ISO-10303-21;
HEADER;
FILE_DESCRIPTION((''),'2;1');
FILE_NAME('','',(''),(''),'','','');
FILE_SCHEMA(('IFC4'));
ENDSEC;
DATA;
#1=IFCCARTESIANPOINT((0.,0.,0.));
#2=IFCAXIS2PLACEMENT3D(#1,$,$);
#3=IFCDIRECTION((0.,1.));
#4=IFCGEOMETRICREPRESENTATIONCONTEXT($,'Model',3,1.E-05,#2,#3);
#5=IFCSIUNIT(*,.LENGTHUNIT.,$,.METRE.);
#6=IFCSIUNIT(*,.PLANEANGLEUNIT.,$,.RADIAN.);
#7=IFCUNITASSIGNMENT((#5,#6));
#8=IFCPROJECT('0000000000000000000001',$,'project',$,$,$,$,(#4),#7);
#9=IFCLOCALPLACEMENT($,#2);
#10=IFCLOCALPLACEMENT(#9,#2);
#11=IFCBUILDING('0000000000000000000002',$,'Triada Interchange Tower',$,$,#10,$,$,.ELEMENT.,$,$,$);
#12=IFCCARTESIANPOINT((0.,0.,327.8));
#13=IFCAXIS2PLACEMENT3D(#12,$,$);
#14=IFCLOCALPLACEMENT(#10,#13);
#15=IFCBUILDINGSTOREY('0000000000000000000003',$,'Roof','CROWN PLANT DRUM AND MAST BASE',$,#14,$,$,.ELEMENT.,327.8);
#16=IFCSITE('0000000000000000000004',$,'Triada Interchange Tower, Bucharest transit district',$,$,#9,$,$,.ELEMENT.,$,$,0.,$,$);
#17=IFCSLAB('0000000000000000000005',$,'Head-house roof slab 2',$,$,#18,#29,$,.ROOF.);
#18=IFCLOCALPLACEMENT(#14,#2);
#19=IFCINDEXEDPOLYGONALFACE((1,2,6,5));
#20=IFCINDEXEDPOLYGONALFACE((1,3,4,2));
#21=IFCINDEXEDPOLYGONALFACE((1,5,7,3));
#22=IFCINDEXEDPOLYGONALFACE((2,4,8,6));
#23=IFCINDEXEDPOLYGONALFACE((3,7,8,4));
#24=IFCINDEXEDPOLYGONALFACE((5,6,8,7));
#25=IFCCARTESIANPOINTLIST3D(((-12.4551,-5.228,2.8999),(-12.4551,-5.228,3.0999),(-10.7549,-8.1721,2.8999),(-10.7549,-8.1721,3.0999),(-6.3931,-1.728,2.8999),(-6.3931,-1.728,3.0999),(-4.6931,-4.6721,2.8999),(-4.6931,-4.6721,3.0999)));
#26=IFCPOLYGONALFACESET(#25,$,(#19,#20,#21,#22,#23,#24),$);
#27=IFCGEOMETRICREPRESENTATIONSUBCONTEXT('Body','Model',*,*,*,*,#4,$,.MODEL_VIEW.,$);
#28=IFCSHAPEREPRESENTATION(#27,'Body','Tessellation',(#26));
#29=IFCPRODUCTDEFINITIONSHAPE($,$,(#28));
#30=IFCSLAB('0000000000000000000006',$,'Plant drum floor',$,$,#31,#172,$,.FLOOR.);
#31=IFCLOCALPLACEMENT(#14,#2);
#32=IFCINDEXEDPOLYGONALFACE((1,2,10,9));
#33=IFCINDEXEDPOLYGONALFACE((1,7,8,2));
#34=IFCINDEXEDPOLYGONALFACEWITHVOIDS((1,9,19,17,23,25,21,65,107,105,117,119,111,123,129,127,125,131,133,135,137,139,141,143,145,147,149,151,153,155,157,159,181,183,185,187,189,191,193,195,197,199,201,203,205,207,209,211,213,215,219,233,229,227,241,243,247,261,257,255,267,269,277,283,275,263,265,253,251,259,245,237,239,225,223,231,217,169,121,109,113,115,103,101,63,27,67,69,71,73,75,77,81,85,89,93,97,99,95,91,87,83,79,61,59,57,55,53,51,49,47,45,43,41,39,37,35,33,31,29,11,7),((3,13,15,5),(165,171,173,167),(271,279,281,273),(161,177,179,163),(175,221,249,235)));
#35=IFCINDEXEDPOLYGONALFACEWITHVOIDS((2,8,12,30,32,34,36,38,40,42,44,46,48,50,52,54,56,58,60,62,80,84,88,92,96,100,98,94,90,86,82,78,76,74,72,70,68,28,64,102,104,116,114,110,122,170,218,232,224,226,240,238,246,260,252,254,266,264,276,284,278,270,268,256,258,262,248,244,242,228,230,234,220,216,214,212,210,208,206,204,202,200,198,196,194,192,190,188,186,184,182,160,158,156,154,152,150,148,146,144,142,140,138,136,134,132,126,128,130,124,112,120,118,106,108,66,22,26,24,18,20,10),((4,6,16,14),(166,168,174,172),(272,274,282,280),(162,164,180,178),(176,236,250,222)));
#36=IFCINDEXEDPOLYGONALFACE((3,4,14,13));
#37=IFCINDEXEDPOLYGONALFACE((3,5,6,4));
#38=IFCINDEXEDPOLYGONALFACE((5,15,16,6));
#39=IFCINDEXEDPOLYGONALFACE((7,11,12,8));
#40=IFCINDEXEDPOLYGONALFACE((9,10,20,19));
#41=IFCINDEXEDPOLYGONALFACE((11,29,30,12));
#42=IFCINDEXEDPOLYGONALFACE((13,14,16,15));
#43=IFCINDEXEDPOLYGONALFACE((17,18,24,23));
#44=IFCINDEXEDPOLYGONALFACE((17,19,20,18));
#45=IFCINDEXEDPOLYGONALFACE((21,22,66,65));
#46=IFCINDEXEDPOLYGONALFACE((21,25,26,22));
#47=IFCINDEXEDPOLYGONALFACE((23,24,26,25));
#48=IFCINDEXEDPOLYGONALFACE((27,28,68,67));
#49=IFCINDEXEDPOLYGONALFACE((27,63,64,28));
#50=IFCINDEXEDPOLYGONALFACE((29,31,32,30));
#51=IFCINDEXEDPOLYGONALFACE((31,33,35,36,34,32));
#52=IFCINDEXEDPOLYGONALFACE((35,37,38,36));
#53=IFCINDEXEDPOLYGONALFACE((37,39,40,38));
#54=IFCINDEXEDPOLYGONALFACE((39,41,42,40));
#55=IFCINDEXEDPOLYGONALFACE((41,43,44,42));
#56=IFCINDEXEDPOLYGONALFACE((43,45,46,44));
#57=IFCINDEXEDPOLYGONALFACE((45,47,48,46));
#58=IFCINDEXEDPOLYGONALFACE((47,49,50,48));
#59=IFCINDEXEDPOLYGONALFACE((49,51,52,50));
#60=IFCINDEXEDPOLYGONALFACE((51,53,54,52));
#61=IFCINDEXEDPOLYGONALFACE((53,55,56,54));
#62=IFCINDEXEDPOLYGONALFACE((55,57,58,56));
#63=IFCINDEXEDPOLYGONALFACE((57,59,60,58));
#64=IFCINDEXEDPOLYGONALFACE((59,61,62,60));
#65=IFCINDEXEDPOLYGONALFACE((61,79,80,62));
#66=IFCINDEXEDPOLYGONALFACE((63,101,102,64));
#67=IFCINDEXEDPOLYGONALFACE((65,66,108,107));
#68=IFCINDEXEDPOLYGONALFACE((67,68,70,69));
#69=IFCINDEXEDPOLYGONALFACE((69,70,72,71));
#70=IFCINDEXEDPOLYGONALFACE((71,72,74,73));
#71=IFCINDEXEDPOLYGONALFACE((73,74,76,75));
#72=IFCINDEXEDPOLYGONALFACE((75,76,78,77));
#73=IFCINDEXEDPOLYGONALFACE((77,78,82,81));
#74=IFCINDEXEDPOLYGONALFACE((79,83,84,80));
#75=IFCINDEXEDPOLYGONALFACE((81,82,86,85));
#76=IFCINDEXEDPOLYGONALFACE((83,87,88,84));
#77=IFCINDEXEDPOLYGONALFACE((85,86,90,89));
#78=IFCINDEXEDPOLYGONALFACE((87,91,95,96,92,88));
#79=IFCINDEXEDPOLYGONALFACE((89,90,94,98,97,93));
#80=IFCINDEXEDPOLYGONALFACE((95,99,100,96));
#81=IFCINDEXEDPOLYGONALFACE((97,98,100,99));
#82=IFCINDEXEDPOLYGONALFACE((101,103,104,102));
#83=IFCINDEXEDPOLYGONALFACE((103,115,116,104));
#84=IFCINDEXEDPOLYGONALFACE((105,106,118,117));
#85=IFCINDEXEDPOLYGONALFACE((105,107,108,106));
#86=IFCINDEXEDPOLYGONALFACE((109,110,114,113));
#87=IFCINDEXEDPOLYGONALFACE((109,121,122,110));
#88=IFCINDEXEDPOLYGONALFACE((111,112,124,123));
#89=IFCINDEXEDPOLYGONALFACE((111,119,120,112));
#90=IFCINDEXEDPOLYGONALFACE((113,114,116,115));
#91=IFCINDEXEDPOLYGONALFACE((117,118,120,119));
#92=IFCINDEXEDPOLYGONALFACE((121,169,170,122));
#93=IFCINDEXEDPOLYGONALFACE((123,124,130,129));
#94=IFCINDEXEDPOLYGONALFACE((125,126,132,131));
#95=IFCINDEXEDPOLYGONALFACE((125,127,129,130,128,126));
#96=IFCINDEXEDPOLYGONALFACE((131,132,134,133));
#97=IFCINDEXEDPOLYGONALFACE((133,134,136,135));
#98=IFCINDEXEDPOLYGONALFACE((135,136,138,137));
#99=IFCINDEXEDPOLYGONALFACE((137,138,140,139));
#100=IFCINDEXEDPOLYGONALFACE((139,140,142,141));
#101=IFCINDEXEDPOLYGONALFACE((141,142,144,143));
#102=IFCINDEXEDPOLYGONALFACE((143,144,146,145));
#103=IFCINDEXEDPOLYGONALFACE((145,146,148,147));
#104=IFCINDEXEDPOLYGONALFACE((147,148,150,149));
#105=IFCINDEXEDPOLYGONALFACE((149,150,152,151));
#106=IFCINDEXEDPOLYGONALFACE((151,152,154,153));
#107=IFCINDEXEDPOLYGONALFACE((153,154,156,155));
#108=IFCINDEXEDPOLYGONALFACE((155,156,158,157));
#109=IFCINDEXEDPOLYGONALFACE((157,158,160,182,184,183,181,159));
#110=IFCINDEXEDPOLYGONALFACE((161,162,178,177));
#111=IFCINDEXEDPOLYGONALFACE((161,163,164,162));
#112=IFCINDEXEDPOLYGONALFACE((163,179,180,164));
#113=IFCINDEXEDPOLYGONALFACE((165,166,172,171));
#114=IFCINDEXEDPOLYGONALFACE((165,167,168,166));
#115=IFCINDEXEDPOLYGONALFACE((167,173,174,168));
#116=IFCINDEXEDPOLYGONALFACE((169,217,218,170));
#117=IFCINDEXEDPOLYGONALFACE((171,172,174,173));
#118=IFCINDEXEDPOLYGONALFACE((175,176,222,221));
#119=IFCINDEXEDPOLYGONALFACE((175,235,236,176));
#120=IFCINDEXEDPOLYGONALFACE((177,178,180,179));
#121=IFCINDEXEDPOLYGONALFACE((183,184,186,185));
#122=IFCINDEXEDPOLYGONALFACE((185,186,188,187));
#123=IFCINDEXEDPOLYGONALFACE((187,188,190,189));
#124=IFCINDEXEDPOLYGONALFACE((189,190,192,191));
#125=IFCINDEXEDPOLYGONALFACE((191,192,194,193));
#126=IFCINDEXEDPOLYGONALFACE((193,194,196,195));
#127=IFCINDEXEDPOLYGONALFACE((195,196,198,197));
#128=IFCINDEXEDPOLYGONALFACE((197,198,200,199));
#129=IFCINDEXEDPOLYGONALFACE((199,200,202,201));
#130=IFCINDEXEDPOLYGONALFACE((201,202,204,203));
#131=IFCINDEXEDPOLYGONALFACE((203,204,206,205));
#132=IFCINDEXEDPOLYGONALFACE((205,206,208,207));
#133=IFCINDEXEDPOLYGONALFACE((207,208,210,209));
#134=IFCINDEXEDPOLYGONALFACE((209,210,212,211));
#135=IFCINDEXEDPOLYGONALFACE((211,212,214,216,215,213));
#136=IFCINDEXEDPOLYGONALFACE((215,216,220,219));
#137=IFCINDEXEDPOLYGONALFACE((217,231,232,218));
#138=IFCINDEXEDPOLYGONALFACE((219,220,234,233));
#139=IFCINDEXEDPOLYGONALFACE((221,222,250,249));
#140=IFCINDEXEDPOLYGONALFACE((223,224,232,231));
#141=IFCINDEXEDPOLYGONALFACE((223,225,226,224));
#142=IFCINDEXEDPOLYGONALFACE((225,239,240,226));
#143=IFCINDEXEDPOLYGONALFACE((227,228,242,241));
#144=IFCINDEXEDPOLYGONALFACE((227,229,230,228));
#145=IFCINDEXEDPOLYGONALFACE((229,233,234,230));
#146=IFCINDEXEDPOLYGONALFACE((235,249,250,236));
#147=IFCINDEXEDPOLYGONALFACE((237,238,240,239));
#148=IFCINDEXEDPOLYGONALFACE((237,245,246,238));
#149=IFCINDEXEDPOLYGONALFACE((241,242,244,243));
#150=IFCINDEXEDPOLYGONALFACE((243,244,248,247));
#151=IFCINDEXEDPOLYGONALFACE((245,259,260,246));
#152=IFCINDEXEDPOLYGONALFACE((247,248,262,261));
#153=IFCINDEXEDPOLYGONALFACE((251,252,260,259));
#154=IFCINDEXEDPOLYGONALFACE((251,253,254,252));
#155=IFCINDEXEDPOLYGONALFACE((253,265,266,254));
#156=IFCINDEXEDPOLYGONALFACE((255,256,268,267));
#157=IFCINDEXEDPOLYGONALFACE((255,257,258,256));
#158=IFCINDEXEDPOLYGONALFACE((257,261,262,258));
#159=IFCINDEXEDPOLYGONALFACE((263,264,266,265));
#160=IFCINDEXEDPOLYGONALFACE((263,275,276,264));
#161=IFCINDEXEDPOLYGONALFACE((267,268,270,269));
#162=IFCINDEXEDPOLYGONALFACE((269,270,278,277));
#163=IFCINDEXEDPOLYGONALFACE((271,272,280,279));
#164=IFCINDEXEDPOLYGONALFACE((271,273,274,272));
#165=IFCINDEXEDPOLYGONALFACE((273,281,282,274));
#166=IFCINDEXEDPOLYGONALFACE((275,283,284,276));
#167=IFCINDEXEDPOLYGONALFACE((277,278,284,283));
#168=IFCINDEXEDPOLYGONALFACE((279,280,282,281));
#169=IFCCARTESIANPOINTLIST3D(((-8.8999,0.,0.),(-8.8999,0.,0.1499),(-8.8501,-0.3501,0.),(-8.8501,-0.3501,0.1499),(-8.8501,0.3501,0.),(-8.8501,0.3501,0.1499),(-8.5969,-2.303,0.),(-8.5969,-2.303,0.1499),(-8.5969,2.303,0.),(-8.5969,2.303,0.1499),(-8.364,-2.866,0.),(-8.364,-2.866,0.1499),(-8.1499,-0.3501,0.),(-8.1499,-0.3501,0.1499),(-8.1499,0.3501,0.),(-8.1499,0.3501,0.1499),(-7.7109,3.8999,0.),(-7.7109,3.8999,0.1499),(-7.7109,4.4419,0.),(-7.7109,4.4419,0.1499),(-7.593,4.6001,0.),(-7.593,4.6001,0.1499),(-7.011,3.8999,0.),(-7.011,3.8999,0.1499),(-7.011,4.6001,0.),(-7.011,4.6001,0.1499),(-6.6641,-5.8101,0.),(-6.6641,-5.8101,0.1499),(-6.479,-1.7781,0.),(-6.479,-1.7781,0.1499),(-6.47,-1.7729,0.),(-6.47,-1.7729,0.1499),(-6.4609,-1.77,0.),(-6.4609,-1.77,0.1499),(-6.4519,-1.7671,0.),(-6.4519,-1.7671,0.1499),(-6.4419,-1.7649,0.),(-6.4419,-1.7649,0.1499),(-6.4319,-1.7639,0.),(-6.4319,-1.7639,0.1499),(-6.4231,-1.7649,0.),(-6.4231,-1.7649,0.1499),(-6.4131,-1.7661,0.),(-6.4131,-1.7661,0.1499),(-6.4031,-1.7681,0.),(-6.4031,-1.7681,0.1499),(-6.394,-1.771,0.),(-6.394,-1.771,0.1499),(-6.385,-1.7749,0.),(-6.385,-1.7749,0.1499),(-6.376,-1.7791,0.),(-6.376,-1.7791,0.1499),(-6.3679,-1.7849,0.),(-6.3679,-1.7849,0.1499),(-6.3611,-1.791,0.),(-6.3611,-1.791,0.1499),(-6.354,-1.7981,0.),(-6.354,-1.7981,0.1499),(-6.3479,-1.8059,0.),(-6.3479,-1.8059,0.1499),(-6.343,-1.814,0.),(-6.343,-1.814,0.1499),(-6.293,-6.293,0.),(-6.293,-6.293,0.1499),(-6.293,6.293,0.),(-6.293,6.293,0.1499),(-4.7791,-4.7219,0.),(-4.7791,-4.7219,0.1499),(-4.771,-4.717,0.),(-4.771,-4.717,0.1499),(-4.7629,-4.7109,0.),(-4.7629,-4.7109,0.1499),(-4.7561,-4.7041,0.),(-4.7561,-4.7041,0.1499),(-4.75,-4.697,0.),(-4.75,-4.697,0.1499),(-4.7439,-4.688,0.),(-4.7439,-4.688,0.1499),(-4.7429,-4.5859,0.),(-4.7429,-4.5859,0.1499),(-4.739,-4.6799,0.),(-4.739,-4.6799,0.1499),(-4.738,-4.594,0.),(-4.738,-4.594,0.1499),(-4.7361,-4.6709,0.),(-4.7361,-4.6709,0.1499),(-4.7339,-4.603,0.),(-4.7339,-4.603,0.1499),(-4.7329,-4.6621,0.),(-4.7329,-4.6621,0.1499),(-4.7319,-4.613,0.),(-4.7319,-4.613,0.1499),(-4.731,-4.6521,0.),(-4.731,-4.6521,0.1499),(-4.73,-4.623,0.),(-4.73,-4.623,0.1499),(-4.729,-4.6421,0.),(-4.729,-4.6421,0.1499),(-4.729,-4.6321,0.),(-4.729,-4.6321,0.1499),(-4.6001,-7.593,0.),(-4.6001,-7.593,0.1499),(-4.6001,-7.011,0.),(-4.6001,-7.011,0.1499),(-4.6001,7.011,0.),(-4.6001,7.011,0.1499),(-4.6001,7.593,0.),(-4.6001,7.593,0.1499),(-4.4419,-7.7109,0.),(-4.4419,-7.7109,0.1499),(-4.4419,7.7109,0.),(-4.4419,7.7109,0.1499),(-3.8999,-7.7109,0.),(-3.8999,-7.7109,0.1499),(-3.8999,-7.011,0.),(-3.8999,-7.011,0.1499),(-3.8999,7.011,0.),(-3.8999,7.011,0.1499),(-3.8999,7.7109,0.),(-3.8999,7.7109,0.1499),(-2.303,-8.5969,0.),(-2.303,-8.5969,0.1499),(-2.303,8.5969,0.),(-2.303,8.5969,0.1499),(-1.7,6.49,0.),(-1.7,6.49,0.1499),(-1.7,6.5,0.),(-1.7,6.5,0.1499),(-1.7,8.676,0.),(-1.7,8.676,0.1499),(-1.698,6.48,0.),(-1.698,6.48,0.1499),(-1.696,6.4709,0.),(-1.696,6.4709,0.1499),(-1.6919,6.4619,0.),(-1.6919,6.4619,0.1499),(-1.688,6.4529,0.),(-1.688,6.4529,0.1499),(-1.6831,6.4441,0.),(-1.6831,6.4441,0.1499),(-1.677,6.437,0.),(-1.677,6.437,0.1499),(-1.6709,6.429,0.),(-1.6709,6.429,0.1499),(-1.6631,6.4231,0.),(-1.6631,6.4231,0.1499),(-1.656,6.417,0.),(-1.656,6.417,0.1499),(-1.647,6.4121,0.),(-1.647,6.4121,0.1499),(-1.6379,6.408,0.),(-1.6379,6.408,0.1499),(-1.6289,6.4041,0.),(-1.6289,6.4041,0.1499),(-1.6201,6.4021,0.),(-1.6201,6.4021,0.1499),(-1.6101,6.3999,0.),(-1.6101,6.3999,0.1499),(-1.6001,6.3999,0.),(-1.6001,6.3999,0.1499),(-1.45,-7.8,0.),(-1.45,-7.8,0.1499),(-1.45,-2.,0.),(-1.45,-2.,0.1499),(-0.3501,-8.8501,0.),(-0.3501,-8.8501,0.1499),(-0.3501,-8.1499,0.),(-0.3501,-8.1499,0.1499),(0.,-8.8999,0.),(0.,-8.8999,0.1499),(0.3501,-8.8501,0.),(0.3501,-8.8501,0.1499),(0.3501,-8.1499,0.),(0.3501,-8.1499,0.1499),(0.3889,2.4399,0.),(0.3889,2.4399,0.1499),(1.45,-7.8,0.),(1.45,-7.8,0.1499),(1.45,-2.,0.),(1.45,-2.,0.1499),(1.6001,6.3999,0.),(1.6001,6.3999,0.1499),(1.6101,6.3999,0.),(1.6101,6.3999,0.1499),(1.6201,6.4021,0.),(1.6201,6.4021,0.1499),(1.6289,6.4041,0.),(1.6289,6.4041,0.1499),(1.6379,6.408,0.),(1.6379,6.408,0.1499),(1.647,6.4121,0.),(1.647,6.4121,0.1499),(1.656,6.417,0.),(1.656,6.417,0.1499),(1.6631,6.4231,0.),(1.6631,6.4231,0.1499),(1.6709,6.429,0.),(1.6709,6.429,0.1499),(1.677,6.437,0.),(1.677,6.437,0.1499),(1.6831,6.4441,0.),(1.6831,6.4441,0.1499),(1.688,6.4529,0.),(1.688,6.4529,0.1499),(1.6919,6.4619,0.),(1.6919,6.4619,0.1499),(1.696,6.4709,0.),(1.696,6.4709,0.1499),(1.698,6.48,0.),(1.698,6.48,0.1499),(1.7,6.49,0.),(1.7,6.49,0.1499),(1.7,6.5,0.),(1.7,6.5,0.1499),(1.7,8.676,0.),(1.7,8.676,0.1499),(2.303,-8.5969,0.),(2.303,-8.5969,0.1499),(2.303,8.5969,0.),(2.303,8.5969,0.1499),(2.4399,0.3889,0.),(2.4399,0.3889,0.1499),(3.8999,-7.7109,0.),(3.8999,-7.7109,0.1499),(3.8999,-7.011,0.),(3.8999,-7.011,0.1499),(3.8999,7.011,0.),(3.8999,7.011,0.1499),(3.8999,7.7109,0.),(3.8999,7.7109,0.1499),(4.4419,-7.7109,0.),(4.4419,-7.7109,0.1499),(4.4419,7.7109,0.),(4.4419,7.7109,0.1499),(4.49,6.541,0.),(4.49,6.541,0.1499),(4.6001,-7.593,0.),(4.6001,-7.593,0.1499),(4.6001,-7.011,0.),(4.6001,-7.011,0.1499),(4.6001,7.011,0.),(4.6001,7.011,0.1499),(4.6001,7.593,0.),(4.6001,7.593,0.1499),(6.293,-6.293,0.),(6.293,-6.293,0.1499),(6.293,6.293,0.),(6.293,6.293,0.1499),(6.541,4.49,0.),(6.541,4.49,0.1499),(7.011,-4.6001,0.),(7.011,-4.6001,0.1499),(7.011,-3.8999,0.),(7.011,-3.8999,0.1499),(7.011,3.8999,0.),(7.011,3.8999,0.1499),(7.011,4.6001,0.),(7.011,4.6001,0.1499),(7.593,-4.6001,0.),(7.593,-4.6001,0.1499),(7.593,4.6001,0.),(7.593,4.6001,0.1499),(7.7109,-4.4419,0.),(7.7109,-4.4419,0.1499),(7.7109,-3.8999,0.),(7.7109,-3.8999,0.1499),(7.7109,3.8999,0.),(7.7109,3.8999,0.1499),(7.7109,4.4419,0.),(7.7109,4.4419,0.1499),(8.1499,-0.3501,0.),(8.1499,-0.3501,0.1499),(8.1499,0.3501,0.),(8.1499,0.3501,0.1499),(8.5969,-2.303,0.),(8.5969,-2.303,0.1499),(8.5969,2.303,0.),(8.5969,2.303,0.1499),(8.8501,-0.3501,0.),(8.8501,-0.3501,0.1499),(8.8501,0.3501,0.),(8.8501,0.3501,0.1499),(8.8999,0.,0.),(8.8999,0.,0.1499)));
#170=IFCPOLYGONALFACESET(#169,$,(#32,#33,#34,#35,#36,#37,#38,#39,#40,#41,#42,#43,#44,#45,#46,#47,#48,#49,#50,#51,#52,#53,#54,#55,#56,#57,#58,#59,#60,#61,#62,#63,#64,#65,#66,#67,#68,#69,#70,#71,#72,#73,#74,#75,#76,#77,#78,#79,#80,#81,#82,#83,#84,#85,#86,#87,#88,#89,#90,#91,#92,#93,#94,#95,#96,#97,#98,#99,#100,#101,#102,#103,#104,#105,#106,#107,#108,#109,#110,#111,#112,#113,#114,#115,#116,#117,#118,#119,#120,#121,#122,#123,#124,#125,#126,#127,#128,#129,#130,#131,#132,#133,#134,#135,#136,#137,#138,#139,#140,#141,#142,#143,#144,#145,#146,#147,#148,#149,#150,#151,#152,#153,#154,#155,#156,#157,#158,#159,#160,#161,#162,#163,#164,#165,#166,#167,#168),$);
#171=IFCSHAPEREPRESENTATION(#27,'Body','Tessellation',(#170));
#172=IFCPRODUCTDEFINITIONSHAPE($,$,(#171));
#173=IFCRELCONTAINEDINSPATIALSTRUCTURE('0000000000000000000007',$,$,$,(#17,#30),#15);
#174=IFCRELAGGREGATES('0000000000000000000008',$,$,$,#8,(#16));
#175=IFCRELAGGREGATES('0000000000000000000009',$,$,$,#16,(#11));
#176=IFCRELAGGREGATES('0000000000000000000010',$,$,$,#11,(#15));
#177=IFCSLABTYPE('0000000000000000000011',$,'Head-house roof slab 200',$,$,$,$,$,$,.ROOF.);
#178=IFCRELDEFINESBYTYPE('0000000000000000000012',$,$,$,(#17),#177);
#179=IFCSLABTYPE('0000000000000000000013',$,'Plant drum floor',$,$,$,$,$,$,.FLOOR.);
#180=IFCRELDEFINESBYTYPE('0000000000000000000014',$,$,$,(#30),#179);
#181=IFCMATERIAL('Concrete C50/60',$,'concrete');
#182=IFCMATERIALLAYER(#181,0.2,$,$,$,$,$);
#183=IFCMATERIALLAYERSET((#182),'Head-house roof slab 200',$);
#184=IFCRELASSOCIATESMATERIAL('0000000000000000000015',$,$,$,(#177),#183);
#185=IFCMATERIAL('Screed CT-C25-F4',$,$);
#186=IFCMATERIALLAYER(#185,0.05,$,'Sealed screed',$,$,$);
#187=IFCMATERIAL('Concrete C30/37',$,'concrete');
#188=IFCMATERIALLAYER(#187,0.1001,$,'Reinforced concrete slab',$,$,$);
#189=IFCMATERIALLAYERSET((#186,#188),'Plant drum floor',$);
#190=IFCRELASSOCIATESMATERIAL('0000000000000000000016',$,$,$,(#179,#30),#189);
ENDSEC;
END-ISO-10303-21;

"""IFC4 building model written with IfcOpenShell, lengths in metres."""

from ifc_helpers import new_model, si_unit, direction, frame, origin, place, context, subcontext, project, spatial, polyline, outline, extrude, material, layer, layer_set, layer_usage, type_object, element, save


model = new_model("IFC4")

# Units and contexts
model_context = context("Model", 3, precision=1e-05, world=origin(), true_north=direction((0.0, 1.0)))
body_context = subcontext(model_context, "Body", "Model", "MODEL_VIEW")
ifc_project = project(units=[si_unit("LENGTHUNIT", "METRE"), si_unit("PLANEANGLEUNIT", "RADIAN")], contexts=[model_context])

# Site, building, storey
site_placement = place(None, origin())
site = spatial("IfcSite", under=ifc_project, at=site_placement, Name="Triada Interchange Tower, Bucharest transit district", CompositionType="ELEMENT", RefElevation=0.0)
building_placement = place(site_placement, origin())
building = spatial("IfcBuilding", under=site, at=building_placement, Name="Triada Interchange Tower", CompositionType="ELEMENT")
storey_placement = place(building_placement, frame((0.0, 0.0, 327.8)))
storey = spatial("IfcBuildingStorey", under=building, at=storey_placement, Name="Roof", Description="CROWN PLANT DRUM AND MAST BASE", CompositionType="ELEMENT", Elevation=327.8)

# Slabs
ifc_material_1 = material(Name="Concrete C50/60", Category="concrete")
ifc_layer_1 = layer(ifc_material_1, 0.2)
ifc_layer_set_1 = layer_set([ifc_layer_1], Name="Head-house roof slab 200")
slab_type_1 = type_object("IfcSlabType", Name="Head-house roof slab 200", PredefinedType="ROOF", material=ifc_layer_set_1)
slab_1_placement = place(storey_placement, frame((0.0, 0.0, 2.8999)))
element("IfcSlab", 1, at=slab_1_placement, inside=storey, type_object=slab_type_1, Name="Head-house roof slab 2", PredefinedType="ROOF", context=body_context, shape_type="SweptSolid", body=[
    extrude(outline(polyline([(-4.6931, -4.6721), (-10.7549, -8.1721), (-12.4551, -5.228), (-6.3931, -1.728), (-4.6931, -4.6721)])), origin(), (0.0, 0.0, 1.0), 0.2),
])
ifc_material_2 = material(Name="Screed CT-C25-F4")
ifc_layer_2 = layer(ifc_material_2, 0.05, Name="Sealed screed")
ifc_material_3 = material(Name="Concrete C30/37", Category="concrete")
ifc_layer_3 = layer(ifc_material_3, 0.1001, Name="Reinforced concrete slab")
ifc_layer_set_2 = layer_set([ifc_layer_2, ifc_layer_3], Name="Plant drum floor")
ifc_layer_usage_1 = layer_usage(ifc_layer_set_2, "AXIS3", "POSITIVE", 0.0)
slab_type_2 = type_object("IfcSlabType", Name="Plant drum floor", PredefinedType="FLOOR", material=ifc_layer_set_2)
slab_2_placement = place(storey_placement, origin())
element("IfcSlab", 2, at=slab_2_placement, inside=storey, type_object=slab_type_2, material=ifc_layer_usage_1, Name="Plant drum floor", PredefinedType="FLOOR", context=body_context, shape_type="SweptSolid", body=[
    extrude(outline(polyline([(7.7109, -4.4419), (8.5969, -2.303), (8.8999, 0.0), (8.5969, 2.303), (7.7109, 4.4419), (7.7109, 3.8999), (7.011, 3.8999), (7.011, 4.6001), (7.593, 4.6001), (6.293, 6.293), (4.6001, 7.593), (4.6001, 7.011), (3.8999, 7.011), (3.8999, 7.7109), (4.4419, 7.7109), (2.303, 8.5969), (1.7, 8.676), (1.7, 6.5), (1.7, 6.49), (1.698, 6.48), (1.696, 6.4709), (1.6919, 6.4619), (1.688, 6.4529), (1.6831, 6.4441), (1.677, 6.437), (1.6709, 6.429), (1.6631, 6.4231), (1.656, 6.417), (1.647, 6.4121), (1.6379, 6.408), (1.6289, 6.4041), (1.6201, 6.4021), (1.6101, 6.3999), (1.6001, 6.3999), (-1.6001, 6.3999), (-1.6101, 6.3999), (-1.6201, 6.4021), (-1.6289, 6.4041), (-1.6379, 6.408), (-1.647, 6.4121), (-1.656, 6.417), (-1.6631, 6.4231), (-1.6709, 6.429), (-1.677, 6.437), (-1.6831, 6.4441), (-1.688, 6.4529), (-1.6919, 6.4619), (-1.696, 6.4709), (-1.698, 6.48), (-1.7, 6.49), (-1.7, 6.5), (-1.7, 8.676), (-2.303, 8.5969), (-4.4419, 7.7109), (-3.8999, 7.7109), (-3.8999, 7.011), (-4.6001, 7.011), (-4.6001, 7.593), (-6.293, 6.293), (-7.593, 4.6001), (-7.011, 4.6001), (-7.011, 3.8999), (-7.7109, 3.8999), (-7.7109, 4.4419), (-8.5969, 2.303), (-8.8999, 0.0), (-8.5969, -2.303), (-8.364, -2.866), (-6.479, -1.7781), (-6.47, -1.7729), (-6.4609, -1.77), (-6.4519, -1.7671), (-6.4419, -1.7649), (-6.4319, -1.7639), (-6.4231, -1.7649), (-6.4131, -1.7661), (-6.4031, -1.7681), (-6.394, -1.771), (-6.385, -1.7749), (-6.376, -1.7791), (-6.3679, -1.7849), (-6.3611, -1.791), (-6.354, -1.7981), (-6.3479, -1.8059), (-6.343, -1.814), (-4.7429, -4.5859), (-4.738, -4.594), (-4.7339, -4.603), (-4.7319, -4.613), (-4.73, -4.623), (-4.729, -4.6321), (-4.729, -4.6421), (-4.731, -4.6521), (-4.7329, -4.6621), (-4.7361, -4.6709), (-4.739, -4.6799), (-4.7439, -4.688), (-4.75, -4.697), (-4.7561, -4.7041), (-4.7629, -4.7109), (-4.771, -4.717), (-4.7791, -4.7219), (-6.6641, -5.8101), (-6.293, -6.293), (-4.6001, -7.593), (-4.6001, -7.011), (-3.8999, -7.011), (-3.8999, -7.7109), (-4.4419, -7.7109), (-2.303, -8.5969), (0.0, -8.8999), (2.303, -8.5969), (4.4419, -7.7109), (3.8999, -7.7109), (3.8999, -7.011), (4.6001, -7.011), (4.6001, -7.593), (6.293, -6.293), (7.593, -4.6001), (7.011, -4.6001), (7.011, -3.8999), (7.7109, -3.8999), (7.7109, -4.4419)]), holes=[polyline([(8.1499, -0.3501), (8.1499, 0.3501), (8.8501, 0.3501), (8.8501, -0.3501), (8.1499, -0.3501)]), polyline([(-8.8501, 0.3501), (-8.1499, 0.3501), (-8.1499, -0.3501), (-8.8501, -0.3501), (-8.8501, 0.3501)]), polyline([(0.3501, -8.8501), (-0.3501, -8.8501), (-0.3501, -8.1499), (0.3501, -8.1499), (0.3501, -8.8501)]), polyline([(6.541, 4.49), (2.4399, 0.3889), (0.3889, 2.4399), (4.49, 6.541), (6.541, 4.49)]), polyline([(-1.45, -2.0), (1.45, -2.0), (1.45, -7.8), (-1.45, -7.8), (-1.45, -2.0)])]), origin(), (0.0, 0.0, 1.0), 0.1499),
])

save(model, "model.ifc")
